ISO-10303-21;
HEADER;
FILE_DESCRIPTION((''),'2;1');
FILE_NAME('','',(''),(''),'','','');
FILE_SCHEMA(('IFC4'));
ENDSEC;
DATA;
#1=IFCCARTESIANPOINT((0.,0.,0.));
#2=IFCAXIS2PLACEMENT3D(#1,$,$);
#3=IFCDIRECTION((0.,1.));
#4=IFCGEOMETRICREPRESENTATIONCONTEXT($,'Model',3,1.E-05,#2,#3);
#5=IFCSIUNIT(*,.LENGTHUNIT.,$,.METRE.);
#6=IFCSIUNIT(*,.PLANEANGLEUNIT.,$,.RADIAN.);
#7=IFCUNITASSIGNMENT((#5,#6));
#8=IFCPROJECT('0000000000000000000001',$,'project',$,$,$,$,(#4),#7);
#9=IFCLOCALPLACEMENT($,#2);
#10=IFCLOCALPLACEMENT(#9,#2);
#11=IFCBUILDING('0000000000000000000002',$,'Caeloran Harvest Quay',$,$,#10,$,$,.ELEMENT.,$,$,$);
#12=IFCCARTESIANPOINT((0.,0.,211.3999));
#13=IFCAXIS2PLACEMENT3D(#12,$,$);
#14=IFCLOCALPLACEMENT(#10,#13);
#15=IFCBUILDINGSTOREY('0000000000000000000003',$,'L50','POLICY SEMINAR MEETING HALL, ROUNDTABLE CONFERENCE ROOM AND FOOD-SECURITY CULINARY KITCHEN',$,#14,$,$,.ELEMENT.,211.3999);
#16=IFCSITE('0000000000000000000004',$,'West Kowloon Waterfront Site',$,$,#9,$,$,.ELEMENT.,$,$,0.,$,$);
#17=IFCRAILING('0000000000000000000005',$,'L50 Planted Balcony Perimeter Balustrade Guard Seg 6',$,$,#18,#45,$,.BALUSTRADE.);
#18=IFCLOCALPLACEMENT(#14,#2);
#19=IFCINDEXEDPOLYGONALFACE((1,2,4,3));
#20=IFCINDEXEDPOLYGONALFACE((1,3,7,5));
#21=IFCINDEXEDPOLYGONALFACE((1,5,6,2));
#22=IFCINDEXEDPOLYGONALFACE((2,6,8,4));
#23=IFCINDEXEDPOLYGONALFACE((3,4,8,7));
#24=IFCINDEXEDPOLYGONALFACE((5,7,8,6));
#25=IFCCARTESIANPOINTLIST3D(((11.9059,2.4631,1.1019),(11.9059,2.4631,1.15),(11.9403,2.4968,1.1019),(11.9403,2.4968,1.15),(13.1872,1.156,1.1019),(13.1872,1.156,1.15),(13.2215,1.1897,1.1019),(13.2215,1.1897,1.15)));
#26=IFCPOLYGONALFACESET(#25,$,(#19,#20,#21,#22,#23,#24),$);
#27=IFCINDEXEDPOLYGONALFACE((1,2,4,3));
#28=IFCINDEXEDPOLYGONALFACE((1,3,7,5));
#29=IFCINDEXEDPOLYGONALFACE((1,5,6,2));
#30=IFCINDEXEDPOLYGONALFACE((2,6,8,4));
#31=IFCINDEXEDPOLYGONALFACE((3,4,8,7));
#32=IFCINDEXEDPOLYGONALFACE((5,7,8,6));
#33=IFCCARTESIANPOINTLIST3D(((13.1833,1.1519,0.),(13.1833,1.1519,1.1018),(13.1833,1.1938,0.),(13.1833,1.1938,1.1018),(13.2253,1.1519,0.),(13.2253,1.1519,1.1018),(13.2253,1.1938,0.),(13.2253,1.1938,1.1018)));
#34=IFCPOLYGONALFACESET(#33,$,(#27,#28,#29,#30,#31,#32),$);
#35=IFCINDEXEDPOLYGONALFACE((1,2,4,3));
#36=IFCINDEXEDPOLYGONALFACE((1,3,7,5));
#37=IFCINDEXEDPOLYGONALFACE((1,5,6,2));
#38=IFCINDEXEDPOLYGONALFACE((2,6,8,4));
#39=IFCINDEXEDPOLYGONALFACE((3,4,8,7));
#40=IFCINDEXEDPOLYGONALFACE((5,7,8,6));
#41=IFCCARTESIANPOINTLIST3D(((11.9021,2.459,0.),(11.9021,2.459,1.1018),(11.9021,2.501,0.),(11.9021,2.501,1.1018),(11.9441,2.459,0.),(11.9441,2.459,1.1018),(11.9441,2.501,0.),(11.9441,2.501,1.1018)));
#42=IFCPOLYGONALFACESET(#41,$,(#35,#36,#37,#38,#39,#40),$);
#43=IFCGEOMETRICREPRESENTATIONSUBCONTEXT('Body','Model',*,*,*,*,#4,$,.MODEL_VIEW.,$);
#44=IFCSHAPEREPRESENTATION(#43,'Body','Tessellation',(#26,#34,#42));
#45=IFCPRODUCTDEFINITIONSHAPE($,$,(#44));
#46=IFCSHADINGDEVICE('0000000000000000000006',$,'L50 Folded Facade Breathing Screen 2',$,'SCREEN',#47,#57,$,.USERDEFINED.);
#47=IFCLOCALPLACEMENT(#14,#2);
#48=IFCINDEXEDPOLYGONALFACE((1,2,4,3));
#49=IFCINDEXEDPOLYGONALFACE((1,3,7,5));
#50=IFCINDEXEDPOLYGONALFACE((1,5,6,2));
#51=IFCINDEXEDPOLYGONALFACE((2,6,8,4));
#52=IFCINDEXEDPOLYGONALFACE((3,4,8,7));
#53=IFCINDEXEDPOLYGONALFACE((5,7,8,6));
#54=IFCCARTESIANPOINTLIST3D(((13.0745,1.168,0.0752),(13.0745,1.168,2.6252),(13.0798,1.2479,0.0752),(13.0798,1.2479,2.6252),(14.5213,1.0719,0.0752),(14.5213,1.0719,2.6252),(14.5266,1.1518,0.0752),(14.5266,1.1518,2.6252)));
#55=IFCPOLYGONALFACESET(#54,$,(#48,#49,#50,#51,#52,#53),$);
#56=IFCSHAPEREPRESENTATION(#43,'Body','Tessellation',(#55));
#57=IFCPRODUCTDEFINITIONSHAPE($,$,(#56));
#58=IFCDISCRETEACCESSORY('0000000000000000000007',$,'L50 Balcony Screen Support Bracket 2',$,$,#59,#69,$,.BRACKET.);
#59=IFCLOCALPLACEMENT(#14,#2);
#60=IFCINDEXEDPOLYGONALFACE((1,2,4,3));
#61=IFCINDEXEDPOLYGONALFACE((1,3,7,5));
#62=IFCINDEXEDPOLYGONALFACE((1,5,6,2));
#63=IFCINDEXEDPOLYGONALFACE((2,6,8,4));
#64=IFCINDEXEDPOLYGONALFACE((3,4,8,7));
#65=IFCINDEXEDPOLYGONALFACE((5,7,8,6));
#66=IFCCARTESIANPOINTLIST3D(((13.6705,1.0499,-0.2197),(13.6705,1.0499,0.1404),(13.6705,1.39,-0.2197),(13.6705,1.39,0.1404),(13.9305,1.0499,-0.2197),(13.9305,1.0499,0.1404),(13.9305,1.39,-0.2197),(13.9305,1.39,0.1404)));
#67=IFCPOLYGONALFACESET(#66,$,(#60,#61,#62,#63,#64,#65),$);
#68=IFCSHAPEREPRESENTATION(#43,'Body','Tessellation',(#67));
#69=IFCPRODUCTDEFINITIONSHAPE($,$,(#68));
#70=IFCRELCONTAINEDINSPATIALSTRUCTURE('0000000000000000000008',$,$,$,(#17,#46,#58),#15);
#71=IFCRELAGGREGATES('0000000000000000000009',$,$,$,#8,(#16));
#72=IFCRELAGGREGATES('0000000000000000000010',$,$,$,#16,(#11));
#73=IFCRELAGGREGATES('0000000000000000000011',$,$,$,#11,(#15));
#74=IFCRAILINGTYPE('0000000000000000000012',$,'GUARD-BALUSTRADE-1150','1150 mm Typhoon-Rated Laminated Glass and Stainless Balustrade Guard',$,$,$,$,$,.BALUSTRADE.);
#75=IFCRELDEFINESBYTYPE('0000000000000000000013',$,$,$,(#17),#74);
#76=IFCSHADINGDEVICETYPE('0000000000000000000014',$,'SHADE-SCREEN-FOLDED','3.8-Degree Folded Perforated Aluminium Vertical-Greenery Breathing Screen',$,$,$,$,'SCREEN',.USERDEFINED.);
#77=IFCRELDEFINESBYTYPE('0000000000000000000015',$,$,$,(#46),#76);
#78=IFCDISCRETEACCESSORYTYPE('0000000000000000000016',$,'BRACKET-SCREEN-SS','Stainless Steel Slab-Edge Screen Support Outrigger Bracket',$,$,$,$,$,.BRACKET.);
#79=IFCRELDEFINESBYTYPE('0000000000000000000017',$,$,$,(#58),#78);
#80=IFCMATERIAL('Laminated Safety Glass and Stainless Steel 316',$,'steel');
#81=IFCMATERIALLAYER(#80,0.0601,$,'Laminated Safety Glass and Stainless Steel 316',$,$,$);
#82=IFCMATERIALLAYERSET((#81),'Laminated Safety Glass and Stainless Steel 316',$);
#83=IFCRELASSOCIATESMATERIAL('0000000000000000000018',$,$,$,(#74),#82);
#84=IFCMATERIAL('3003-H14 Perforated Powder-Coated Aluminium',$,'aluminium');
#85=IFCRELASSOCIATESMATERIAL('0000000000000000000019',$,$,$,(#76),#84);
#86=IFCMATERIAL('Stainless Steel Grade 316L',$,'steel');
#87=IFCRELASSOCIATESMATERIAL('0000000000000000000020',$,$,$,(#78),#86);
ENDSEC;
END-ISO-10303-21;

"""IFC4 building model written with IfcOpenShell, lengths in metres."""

from ifc_helpers import new_model, si_unit, direction, frame, origin, origin_2d, place, context, subcontext, project, spatial, rectangle, extrude, material, layer, layer_set, type_object, element, save


model = new_model("IFC4")

# Units and contexts
model_context = context("Model", 3, precision=1e-05, world=origin(), true_north=direction((0.0, 1.0)))
body_context = subcontext(model_context, "Body", "Model", "MODEL_VIEW")
ifc_project = project(units=[si_unit("LENGTHUNIT", "METRE"), si_unit("PLANEANGLEUNIT", "RADIAN")], contexts=[model_context])

# Site, building, storey
site_placement = place(None, origin())
site = spatial("IfcSite", under=ifc_project, at=site_placement, Name="West Kowloon Waterfront Site", CompositionType="ELEMENT", RefElevation=0.0)
building_placement = place(site_placement, origin())
building = spatial("IfcBuilding", under=site, at=building_placement, Name="Caeloran Harvest Quay", CompositionType="ELEMENT")
storey_placement = place(building_placement, frame((0.0, 0.0, 211.3999)))
storey = spatial("IfcBuildingStorey", under=building, at=storey_placement, Name="L50", Description="POLICY SEMINAR MEETING HALL, ROUNDTABLE CONFERENCE ROOM AND FOOD-SECURITY CULINARY KITCHEN", CompositionType="ELEMENT", Elevation=211.3999)

# Railing
ifc_material_1 = material(Name="Laminated Safety Glass and Stainless Steel 316", Category="steel")
ifc_layer_1 = layer(ifc_material_1, 0.0601, Name="Laminated Safety Glass and Stainless Steel 316")
ifc_layer_set_1 = layer_set([ifc_layer_1], Name="Laminated Safety Glass and Stainless Steel 316")
railing_type = type_object("IfcRailingType", Name="GUARD-BALUSTRADE-1150", Description="1150 mm Typhoon-Rated Laminated Glass and Stainless Balustrade Guard", PredefinedType="BALUSTRADE", material=ifc_layer_set_1)
railing_placement = place(storey_placement, frame((13.2043, 1.1729, 0.0)))
element("IfcRailing", 1, at=railing_placement, inside=storey, type_object=railing_type, Name="L50 Planted Balcony Perimeter Balustrade Guard Seg 6", PredefinedType="BALUSTRADE", context=body_context, shape_type="SweptSolid", body=[
    extrude(rectangle(XDim=0.0481, YDim=0.0481, at=origin_2d()), frame((0.0, 0.0, 1.126), z_axis=(-0.700002, 0.714141, 0.0), x_axis=(-0.714141, -0.700002, 0.0)), (0.0, 0.0, 1.0), 1.8303),
    extrude(rectangle(XDim=0.042, YDim=0.042, at=origin_2d()), origin(), (0.0, 0.0, 1.0), 1.1018),
    extrude(rectangle(XDim=0.042, YDim=0.042, at=origin_2d()), frame((-1.2812, 1.3071, 0.0)), (0.0, 0.0, 1.0), 1.1018),
])

# Shading device
ifc_material_2 = material(Name="3003-H14 Perforated Powder-Coated Aluminium", Category="aluminium")
shading_device_type = type_object("IfcShadingDeviceType", Name="SHADE-SCREEN-FOLDED", Description="3.8-Degree Folded Perforated Aluminium Vertical-Greenery Breathing Screen", ElementType="SCREEN", PredefinedType="USERDEFINED", material=ifc_material_2)
shading_device_placement = place(storey_placement, frame((13.8005, 1.1599, 0.0752), z_axis=(0.0, 0.0, 1.0), x_axis=(0.997801, -0.066274, 0.0)))
element("IfcShadingDevice", 2, at=shading_device_placement, inside=storey, type_object=shading_device_type, Name="L50 Folded Facade Breathing Screen 2", ObjectType="SCREEN", PredefinedType="USERDEFINED", context=body_context, shape_type="SweptSolid", body=[
    extrude(rectangle(XDim=1.45, YDim=0.0801, at=origin_2d()), origin(), (0.0, 0.0, 1.0), 2.55),
])

# Discrete accessory
ifc_material_3 = material(Name="Stainless Steel Grade 316L", Category="steel")
discrete_accessory_type = type_object("IfcDiscreteAccessoryType", Name="BRACKET-SCREEN-SS", Description="Stainless Steel Slab-Edge Screen Support Outrigger Bracket", PredefinedType="BRACKET", material=ifc_material_3)
discrete_accessory_placement = place(storey_placement, frame((13.8005, 1.22, -0.2197), z_axis=(0.0, 0.0, 1.0), x_axis=(1.0, 0.0, 0.0)))
element("IfcDiscreteAccessory", 3, at=discrete_accessory_placement, inside=storey, type_object=discrete_accessory_type, Name="L50 Balcony Screen Support Bracket 2", PredefinedType="BRACKET", context=body_context, shape_type="SweptSolid", body=[
    extrude(rectangle(XDim=0.26, YDim=0.3401, at=origin_2d()), origin(), (0.0, 0.0, 1.0), 0.3601),
])

save(model, "model.ifc")
